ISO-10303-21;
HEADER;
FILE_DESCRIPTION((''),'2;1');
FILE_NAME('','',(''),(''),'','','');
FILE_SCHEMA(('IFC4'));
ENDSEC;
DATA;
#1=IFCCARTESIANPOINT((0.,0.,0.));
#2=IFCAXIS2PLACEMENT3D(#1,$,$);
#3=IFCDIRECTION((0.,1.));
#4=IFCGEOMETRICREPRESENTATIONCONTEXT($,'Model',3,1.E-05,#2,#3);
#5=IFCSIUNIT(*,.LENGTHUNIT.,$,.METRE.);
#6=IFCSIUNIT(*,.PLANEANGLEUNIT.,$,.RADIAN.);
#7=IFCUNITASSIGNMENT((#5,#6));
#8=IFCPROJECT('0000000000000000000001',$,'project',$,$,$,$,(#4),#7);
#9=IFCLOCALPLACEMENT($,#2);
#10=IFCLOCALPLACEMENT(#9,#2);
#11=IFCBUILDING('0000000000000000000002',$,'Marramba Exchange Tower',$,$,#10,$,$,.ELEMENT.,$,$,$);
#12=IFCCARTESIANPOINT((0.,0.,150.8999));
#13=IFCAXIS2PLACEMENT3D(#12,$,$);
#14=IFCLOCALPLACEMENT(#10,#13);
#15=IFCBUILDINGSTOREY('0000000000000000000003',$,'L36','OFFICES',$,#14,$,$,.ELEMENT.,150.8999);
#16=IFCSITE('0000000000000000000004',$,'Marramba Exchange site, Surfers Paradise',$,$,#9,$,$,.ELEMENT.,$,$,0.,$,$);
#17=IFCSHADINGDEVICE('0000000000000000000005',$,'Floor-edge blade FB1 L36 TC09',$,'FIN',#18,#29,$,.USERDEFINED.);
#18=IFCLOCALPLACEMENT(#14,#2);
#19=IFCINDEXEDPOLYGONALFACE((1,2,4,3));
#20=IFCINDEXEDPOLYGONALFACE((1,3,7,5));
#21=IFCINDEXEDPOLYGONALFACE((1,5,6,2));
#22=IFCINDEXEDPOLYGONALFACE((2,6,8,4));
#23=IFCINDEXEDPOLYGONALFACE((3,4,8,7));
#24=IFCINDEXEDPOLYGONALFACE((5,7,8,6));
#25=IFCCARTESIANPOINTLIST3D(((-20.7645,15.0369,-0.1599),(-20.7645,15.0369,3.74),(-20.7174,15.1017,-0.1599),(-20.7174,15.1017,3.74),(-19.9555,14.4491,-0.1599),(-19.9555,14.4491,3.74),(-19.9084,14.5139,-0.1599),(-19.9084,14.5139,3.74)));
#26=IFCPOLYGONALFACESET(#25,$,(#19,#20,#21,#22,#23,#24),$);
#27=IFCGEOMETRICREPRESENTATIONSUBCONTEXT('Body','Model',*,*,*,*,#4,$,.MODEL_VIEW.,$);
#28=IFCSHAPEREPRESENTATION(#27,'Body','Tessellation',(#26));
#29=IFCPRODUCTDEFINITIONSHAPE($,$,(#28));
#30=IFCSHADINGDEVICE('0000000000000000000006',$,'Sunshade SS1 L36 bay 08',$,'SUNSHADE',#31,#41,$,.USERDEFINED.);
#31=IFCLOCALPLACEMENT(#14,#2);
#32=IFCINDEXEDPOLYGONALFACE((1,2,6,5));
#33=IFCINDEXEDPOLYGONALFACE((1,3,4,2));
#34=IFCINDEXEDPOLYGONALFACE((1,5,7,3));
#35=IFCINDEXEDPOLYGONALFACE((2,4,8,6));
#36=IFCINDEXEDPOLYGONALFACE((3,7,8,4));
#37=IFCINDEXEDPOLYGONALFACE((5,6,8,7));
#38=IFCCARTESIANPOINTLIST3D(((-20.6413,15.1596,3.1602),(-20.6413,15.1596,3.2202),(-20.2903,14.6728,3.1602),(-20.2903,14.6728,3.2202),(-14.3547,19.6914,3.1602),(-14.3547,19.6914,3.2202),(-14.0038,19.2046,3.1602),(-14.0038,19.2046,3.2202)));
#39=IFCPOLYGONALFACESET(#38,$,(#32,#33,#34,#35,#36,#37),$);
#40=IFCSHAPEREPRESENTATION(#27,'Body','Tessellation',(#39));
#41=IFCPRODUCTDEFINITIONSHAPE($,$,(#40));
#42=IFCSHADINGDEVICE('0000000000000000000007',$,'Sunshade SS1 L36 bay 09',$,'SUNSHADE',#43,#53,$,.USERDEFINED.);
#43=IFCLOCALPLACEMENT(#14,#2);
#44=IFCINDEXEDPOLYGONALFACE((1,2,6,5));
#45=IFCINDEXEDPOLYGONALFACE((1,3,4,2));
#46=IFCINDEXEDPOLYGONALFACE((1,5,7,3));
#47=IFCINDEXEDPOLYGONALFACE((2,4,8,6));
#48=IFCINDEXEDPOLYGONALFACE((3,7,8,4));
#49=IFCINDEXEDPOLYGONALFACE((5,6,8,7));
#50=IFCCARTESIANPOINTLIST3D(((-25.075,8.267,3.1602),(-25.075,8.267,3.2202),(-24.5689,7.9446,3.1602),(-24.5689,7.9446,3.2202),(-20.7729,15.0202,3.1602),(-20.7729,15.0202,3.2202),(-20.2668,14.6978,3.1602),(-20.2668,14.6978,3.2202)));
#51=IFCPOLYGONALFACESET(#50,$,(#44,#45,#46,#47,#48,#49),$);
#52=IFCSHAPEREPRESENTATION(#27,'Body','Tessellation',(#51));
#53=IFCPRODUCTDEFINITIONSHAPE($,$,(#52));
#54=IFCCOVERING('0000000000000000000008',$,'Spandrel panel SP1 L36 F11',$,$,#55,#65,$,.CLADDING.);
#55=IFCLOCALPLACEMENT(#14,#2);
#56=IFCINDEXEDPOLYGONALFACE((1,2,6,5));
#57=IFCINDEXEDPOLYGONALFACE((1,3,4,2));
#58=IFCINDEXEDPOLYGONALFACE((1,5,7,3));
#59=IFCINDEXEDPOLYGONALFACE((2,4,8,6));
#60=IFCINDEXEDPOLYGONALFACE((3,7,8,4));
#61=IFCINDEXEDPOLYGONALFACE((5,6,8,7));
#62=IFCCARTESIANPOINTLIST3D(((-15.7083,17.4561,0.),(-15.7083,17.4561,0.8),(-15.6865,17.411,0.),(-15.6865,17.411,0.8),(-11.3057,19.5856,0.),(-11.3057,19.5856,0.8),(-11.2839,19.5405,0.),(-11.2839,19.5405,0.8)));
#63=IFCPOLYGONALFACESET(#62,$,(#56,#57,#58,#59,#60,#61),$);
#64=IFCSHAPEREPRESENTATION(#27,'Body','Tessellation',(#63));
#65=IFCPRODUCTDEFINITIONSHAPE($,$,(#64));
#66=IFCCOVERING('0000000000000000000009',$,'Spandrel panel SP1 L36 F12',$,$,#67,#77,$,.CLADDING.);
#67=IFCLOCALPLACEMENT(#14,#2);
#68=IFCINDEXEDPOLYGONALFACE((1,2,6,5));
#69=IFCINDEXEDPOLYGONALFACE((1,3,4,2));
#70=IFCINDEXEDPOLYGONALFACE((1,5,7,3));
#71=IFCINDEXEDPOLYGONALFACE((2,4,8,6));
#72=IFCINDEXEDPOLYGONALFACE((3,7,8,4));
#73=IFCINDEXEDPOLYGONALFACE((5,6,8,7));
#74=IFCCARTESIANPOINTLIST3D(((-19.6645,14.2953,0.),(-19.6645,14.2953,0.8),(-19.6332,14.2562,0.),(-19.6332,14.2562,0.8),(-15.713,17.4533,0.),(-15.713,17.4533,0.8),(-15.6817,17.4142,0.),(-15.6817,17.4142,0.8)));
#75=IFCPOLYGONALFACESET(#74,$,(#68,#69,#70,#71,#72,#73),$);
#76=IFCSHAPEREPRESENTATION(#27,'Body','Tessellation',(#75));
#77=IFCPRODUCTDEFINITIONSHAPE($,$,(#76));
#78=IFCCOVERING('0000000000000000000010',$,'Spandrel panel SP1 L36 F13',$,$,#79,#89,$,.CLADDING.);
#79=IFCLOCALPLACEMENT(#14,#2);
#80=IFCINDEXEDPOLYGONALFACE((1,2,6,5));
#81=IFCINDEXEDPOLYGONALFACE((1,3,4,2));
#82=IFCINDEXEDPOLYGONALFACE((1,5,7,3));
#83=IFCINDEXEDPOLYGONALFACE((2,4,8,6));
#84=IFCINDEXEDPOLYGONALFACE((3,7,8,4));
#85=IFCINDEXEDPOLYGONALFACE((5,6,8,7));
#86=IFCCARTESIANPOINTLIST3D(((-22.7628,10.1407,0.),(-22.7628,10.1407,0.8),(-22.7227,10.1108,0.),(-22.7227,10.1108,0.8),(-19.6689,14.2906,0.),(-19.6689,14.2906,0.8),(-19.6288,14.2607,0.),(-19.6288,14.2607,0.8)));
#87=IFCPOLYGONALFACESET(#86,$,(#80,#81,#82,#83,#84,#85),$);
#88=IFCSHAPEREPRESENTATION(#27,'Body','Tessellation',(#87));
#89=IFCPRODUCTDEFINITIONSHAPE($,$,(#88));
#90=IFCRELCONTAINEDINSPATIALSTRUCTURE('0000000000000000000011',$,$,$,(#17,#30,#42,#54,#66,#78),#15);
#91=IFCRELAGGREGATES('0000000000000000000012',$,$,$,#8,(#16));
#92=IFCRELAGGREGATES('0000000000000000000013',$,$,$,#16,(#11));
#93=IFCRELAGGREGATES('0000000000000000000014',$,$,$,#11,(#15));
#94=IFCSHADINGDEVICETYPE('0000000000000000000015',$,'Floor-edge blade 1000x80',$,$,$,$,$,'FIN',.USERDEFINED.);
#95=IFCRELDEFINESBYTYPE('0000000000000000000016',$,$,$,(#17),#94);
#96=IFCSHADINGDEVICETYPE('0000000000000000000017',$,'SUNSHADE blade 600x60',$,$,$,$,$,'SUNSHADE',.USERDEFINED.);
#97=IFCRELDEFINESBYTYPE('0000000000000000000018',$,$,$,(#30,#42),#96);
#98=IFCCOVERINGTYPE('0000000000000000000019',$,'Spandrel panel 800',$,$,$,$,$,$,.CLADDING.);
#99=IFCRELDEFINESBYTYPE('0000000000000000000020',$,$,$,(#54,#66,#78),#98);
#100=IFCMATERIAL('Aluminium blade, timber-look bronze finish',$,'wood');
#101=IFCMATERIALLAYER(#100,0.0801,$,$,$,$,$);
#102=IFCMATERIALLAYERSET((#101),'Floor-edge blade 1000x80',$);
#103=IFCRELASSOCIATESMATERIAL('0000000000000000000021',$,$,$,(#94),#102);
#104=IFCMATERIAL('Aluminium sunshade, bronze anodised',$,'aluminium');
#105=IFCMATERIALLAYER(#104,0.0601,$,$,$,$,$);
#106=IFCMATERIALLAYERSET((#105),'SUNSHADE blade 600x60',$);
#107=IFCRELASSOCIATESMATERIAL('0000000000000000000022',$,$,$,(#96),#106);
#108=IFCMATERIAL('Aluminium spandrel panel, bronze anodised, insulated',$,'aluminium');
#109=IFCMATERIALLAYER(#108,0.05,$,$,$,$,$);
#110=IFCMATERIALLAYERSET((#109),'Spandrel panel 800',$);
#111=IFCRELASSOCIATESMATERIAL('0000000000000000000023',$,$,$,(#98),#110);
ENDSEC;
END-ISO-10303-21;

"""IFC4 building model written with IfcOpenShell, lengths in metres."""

from ifc_helpers import new_model, si_unit, direction, frame, origin, origin_2d, place, context, subcontext, project, spatial, rectangle, extrude, material, layer, layer_set, type_object, element, save


model = new_model("IFC4")

# Units and contexts
model_context = context("Model", 3, precision=1e-05, world=origin(), true_north=direction((0.0, 1.0)))
body_context = subcontext(model_context, "Body", "Model", "MODEL_VIEW")
ifc_project = project(units=[si_unit("LENGTHUNIT", "METRE"), si_unit("PLANEANGLEUNIT", "RADIAN")], contexts=[model_context])

# Site, building, storey
site_placement = place(None, origin())
site = spatial("IfcSite", under=ifc_project, at=site_placement, Name="Marramba Exchange site, Surfers Paradise", CompositionType="ELEMENT", RefElevation=0.0)
building_placement = place(site_placement, origin())
building = spatial("IfcBuilding", under=site, at=building_placement, Name="Marramba Exchange Tower", CompositionType="ELEMENT")
storey_placement = place(building_placement, frame((0.0, 0.0, 150.8999)))
storey = spatial("IfcBuildingStorey", under=building, at=storey_placement, Name="L36", Description="OFFICES", CompositionType="ELEMENT", Elevation=150.8999)

# Shading devices
ifc_material_1 = material(Name="Aluminium blade, timber-look bronze finish", Category="wood")
ifc_layer_1 = layer(ifc_material_1, 0.0801)
ifc_layer_set_1 = layer_set([ifc_layer_1], Name="Floor-edge blade 1000x80")
shading_device_type_1 = type_object("IfcShadingDeviceType", Name="Floor-edge blade 1000x80", ElementType="FIN", PredefinedType="USERDEFINED", material=ifc_layer_set_1)
for number, where, z_axis, x_axis, name in (
    (1, (-20.3364, 14.7754, -0.1599), (0.0, 0.0, 1.0), (-0.809017, 0.587785, 0.0), "Floor-edge blade FB1 L36 TC09"),
):
    element("IfcShadingDevice", number, at=place(storey_placement, frame(where, z_axis=z_axis, x_axis=x_axis)), inside=storey, type_object=shading_device_type_1, Name=name, ObjectType="FIN", PredefinedType="USERDEFINED", context=body_context, shape_type="SweptSolid", body=[
        extrude(rectangle(XDim=1.0, YDim=0.0801, at=origin_2d()), origin(), (0.0, 0.0, 1.0), 3.8999),
    ])
ifc_material_2 = material(Name="Aluminium sunshade, bronze anodised", Category="aluminium")
ifc_layer_2 = layer(ifc_material_2, 0.0601)
ifc_layer_set_2 = layer_set([ifc_layer_2], Name="SUNSHADE blade 600x60")
shading_device_type_2 = type_object("IfcShadingDeviceType", Name="SUNSHADE blade 600x60", ElementType="SUNSHADE", PredefinedType="USERDEFINED", material=ifc_layer_set_2)
shading_device_1_placement = place(storey_placement, frame((-17.3225, 17.1821, 3.1602), z_axis=(0.0, 0.0, 1.0), x_axis=(-0.811199, -0.58477, 0.0)))
element("IfcShadingDevice", 2, at=shading_device_1_placement, inside=storey, type_object=shading_device_type_2, Name="Sunshade SS1 L36 bay 08", ObjectType="SUNSHADE", PredefinedType="USERDEFINED", context=body_context, shape_type="SweptSolid", body=[
    extrude(rectangle(XDim=7.7498, YDim=0.6001, at=origin_2d()), origin(), (0.0, 0.0, 1.0), 0.0601),
])
shading_device_2_placement = place(storey_placement, frame((-22.6709, 11.4824, 3.1602), z_axis=(0.0, 0.0, 1.0), x_axis=(-0.537285, -0.843401, 0.0)))
element("IfcShadingDevice", 3, at=shading_device_2_placement, inside=storey, type_object=shading_device_type_2, Name="Sunshade SS1 L36 bay 09", ObjectType="SUNSHADE", PredefinedType="USERDEFINED", context=body_context, shape_type="SweptSolid", body=[
    extrude(rectangle(XDim=8.0071, YDim=0.6001, at=origin_2d()), origin(), (0.0, 0.0, 1.0), 0.0601),
])

# Coverings
ifc_material_3 = material(Name="Aluminium spandrel panel, bronze anodised, insulated", Category="aluminium")
ifc_layer_3 = layer(ifc_material_3, 0.05)
ifc_layer_set_3 = layer_set([ifc_layer_3], Name="Spandrel panel 800")
covering_type = type_object("IfcCoveringType", Name="Spandrel panel 800", PredefinedType="CLADDING", material=ifc_layer_set_3)
covering_1_placement = place(storey_placement, frame((-13.4961, 18.4983, 0.0), z_axis=(0.0, 0.0, 1.0), x_axis=(-0.900224, -0.435428, 0.0)))
element("IfcCovering", 4, at=covering_1_placement, inside=storey, type_object=covering_type, Name="Spandrel panel SP1 L36 F11", PredefinedType="CLADDING", context=body_context, shape_type="SweptSolid", body=[
    extrude(rectangle(XDim=4.8906, YDim=0.05, at=origin_2d()), origin(), (0.0, 0.0, 1.0), 0.8),
])
covering_2_placement = place(storey_placement, frame((-17.6731, 15.8547, 0.0), z_axis=(0.0, 0.0, 1.0), x_axis=(-0.781178, -0.624308, 0.0)))
element("IfcCovering", 5, at=covering_2_placement, inside=storey, type_object=covering_type, Name="Spandrel panel SP1 L36 F12", PredefinedType="CLADDING", context=body_context, shape_type="SweptSolid", body=[
    extrude(rectangle(XDim=5.0583, YDim=0.05, at=origin_2d()), origin(), (0.0, 0.0, 1.0), 0.8),
])
covering_3_placement = place(storey_placement, frame((-21.1958, 12.2007, 0.0), z_axis=(0.0, 0.0, 1.0), x_axis=(-0.597704, -0.801717, 0.0)))
element("IfcCovering", 6, at=covering_3_placement, inside=storey, type_object=covering_type, Name="Spandrel panel SP1 L36 F13", PredefinedType="CLADDING", context=body_context, shape_type="SweptSolid", body=[
    extrude(rectangle(XDim=5.1763, YDim=0.05, at=origin_2d()), origin(), (0.0, 0.0, 1.0), 0.8),
])

save(model, "model.ifc")
